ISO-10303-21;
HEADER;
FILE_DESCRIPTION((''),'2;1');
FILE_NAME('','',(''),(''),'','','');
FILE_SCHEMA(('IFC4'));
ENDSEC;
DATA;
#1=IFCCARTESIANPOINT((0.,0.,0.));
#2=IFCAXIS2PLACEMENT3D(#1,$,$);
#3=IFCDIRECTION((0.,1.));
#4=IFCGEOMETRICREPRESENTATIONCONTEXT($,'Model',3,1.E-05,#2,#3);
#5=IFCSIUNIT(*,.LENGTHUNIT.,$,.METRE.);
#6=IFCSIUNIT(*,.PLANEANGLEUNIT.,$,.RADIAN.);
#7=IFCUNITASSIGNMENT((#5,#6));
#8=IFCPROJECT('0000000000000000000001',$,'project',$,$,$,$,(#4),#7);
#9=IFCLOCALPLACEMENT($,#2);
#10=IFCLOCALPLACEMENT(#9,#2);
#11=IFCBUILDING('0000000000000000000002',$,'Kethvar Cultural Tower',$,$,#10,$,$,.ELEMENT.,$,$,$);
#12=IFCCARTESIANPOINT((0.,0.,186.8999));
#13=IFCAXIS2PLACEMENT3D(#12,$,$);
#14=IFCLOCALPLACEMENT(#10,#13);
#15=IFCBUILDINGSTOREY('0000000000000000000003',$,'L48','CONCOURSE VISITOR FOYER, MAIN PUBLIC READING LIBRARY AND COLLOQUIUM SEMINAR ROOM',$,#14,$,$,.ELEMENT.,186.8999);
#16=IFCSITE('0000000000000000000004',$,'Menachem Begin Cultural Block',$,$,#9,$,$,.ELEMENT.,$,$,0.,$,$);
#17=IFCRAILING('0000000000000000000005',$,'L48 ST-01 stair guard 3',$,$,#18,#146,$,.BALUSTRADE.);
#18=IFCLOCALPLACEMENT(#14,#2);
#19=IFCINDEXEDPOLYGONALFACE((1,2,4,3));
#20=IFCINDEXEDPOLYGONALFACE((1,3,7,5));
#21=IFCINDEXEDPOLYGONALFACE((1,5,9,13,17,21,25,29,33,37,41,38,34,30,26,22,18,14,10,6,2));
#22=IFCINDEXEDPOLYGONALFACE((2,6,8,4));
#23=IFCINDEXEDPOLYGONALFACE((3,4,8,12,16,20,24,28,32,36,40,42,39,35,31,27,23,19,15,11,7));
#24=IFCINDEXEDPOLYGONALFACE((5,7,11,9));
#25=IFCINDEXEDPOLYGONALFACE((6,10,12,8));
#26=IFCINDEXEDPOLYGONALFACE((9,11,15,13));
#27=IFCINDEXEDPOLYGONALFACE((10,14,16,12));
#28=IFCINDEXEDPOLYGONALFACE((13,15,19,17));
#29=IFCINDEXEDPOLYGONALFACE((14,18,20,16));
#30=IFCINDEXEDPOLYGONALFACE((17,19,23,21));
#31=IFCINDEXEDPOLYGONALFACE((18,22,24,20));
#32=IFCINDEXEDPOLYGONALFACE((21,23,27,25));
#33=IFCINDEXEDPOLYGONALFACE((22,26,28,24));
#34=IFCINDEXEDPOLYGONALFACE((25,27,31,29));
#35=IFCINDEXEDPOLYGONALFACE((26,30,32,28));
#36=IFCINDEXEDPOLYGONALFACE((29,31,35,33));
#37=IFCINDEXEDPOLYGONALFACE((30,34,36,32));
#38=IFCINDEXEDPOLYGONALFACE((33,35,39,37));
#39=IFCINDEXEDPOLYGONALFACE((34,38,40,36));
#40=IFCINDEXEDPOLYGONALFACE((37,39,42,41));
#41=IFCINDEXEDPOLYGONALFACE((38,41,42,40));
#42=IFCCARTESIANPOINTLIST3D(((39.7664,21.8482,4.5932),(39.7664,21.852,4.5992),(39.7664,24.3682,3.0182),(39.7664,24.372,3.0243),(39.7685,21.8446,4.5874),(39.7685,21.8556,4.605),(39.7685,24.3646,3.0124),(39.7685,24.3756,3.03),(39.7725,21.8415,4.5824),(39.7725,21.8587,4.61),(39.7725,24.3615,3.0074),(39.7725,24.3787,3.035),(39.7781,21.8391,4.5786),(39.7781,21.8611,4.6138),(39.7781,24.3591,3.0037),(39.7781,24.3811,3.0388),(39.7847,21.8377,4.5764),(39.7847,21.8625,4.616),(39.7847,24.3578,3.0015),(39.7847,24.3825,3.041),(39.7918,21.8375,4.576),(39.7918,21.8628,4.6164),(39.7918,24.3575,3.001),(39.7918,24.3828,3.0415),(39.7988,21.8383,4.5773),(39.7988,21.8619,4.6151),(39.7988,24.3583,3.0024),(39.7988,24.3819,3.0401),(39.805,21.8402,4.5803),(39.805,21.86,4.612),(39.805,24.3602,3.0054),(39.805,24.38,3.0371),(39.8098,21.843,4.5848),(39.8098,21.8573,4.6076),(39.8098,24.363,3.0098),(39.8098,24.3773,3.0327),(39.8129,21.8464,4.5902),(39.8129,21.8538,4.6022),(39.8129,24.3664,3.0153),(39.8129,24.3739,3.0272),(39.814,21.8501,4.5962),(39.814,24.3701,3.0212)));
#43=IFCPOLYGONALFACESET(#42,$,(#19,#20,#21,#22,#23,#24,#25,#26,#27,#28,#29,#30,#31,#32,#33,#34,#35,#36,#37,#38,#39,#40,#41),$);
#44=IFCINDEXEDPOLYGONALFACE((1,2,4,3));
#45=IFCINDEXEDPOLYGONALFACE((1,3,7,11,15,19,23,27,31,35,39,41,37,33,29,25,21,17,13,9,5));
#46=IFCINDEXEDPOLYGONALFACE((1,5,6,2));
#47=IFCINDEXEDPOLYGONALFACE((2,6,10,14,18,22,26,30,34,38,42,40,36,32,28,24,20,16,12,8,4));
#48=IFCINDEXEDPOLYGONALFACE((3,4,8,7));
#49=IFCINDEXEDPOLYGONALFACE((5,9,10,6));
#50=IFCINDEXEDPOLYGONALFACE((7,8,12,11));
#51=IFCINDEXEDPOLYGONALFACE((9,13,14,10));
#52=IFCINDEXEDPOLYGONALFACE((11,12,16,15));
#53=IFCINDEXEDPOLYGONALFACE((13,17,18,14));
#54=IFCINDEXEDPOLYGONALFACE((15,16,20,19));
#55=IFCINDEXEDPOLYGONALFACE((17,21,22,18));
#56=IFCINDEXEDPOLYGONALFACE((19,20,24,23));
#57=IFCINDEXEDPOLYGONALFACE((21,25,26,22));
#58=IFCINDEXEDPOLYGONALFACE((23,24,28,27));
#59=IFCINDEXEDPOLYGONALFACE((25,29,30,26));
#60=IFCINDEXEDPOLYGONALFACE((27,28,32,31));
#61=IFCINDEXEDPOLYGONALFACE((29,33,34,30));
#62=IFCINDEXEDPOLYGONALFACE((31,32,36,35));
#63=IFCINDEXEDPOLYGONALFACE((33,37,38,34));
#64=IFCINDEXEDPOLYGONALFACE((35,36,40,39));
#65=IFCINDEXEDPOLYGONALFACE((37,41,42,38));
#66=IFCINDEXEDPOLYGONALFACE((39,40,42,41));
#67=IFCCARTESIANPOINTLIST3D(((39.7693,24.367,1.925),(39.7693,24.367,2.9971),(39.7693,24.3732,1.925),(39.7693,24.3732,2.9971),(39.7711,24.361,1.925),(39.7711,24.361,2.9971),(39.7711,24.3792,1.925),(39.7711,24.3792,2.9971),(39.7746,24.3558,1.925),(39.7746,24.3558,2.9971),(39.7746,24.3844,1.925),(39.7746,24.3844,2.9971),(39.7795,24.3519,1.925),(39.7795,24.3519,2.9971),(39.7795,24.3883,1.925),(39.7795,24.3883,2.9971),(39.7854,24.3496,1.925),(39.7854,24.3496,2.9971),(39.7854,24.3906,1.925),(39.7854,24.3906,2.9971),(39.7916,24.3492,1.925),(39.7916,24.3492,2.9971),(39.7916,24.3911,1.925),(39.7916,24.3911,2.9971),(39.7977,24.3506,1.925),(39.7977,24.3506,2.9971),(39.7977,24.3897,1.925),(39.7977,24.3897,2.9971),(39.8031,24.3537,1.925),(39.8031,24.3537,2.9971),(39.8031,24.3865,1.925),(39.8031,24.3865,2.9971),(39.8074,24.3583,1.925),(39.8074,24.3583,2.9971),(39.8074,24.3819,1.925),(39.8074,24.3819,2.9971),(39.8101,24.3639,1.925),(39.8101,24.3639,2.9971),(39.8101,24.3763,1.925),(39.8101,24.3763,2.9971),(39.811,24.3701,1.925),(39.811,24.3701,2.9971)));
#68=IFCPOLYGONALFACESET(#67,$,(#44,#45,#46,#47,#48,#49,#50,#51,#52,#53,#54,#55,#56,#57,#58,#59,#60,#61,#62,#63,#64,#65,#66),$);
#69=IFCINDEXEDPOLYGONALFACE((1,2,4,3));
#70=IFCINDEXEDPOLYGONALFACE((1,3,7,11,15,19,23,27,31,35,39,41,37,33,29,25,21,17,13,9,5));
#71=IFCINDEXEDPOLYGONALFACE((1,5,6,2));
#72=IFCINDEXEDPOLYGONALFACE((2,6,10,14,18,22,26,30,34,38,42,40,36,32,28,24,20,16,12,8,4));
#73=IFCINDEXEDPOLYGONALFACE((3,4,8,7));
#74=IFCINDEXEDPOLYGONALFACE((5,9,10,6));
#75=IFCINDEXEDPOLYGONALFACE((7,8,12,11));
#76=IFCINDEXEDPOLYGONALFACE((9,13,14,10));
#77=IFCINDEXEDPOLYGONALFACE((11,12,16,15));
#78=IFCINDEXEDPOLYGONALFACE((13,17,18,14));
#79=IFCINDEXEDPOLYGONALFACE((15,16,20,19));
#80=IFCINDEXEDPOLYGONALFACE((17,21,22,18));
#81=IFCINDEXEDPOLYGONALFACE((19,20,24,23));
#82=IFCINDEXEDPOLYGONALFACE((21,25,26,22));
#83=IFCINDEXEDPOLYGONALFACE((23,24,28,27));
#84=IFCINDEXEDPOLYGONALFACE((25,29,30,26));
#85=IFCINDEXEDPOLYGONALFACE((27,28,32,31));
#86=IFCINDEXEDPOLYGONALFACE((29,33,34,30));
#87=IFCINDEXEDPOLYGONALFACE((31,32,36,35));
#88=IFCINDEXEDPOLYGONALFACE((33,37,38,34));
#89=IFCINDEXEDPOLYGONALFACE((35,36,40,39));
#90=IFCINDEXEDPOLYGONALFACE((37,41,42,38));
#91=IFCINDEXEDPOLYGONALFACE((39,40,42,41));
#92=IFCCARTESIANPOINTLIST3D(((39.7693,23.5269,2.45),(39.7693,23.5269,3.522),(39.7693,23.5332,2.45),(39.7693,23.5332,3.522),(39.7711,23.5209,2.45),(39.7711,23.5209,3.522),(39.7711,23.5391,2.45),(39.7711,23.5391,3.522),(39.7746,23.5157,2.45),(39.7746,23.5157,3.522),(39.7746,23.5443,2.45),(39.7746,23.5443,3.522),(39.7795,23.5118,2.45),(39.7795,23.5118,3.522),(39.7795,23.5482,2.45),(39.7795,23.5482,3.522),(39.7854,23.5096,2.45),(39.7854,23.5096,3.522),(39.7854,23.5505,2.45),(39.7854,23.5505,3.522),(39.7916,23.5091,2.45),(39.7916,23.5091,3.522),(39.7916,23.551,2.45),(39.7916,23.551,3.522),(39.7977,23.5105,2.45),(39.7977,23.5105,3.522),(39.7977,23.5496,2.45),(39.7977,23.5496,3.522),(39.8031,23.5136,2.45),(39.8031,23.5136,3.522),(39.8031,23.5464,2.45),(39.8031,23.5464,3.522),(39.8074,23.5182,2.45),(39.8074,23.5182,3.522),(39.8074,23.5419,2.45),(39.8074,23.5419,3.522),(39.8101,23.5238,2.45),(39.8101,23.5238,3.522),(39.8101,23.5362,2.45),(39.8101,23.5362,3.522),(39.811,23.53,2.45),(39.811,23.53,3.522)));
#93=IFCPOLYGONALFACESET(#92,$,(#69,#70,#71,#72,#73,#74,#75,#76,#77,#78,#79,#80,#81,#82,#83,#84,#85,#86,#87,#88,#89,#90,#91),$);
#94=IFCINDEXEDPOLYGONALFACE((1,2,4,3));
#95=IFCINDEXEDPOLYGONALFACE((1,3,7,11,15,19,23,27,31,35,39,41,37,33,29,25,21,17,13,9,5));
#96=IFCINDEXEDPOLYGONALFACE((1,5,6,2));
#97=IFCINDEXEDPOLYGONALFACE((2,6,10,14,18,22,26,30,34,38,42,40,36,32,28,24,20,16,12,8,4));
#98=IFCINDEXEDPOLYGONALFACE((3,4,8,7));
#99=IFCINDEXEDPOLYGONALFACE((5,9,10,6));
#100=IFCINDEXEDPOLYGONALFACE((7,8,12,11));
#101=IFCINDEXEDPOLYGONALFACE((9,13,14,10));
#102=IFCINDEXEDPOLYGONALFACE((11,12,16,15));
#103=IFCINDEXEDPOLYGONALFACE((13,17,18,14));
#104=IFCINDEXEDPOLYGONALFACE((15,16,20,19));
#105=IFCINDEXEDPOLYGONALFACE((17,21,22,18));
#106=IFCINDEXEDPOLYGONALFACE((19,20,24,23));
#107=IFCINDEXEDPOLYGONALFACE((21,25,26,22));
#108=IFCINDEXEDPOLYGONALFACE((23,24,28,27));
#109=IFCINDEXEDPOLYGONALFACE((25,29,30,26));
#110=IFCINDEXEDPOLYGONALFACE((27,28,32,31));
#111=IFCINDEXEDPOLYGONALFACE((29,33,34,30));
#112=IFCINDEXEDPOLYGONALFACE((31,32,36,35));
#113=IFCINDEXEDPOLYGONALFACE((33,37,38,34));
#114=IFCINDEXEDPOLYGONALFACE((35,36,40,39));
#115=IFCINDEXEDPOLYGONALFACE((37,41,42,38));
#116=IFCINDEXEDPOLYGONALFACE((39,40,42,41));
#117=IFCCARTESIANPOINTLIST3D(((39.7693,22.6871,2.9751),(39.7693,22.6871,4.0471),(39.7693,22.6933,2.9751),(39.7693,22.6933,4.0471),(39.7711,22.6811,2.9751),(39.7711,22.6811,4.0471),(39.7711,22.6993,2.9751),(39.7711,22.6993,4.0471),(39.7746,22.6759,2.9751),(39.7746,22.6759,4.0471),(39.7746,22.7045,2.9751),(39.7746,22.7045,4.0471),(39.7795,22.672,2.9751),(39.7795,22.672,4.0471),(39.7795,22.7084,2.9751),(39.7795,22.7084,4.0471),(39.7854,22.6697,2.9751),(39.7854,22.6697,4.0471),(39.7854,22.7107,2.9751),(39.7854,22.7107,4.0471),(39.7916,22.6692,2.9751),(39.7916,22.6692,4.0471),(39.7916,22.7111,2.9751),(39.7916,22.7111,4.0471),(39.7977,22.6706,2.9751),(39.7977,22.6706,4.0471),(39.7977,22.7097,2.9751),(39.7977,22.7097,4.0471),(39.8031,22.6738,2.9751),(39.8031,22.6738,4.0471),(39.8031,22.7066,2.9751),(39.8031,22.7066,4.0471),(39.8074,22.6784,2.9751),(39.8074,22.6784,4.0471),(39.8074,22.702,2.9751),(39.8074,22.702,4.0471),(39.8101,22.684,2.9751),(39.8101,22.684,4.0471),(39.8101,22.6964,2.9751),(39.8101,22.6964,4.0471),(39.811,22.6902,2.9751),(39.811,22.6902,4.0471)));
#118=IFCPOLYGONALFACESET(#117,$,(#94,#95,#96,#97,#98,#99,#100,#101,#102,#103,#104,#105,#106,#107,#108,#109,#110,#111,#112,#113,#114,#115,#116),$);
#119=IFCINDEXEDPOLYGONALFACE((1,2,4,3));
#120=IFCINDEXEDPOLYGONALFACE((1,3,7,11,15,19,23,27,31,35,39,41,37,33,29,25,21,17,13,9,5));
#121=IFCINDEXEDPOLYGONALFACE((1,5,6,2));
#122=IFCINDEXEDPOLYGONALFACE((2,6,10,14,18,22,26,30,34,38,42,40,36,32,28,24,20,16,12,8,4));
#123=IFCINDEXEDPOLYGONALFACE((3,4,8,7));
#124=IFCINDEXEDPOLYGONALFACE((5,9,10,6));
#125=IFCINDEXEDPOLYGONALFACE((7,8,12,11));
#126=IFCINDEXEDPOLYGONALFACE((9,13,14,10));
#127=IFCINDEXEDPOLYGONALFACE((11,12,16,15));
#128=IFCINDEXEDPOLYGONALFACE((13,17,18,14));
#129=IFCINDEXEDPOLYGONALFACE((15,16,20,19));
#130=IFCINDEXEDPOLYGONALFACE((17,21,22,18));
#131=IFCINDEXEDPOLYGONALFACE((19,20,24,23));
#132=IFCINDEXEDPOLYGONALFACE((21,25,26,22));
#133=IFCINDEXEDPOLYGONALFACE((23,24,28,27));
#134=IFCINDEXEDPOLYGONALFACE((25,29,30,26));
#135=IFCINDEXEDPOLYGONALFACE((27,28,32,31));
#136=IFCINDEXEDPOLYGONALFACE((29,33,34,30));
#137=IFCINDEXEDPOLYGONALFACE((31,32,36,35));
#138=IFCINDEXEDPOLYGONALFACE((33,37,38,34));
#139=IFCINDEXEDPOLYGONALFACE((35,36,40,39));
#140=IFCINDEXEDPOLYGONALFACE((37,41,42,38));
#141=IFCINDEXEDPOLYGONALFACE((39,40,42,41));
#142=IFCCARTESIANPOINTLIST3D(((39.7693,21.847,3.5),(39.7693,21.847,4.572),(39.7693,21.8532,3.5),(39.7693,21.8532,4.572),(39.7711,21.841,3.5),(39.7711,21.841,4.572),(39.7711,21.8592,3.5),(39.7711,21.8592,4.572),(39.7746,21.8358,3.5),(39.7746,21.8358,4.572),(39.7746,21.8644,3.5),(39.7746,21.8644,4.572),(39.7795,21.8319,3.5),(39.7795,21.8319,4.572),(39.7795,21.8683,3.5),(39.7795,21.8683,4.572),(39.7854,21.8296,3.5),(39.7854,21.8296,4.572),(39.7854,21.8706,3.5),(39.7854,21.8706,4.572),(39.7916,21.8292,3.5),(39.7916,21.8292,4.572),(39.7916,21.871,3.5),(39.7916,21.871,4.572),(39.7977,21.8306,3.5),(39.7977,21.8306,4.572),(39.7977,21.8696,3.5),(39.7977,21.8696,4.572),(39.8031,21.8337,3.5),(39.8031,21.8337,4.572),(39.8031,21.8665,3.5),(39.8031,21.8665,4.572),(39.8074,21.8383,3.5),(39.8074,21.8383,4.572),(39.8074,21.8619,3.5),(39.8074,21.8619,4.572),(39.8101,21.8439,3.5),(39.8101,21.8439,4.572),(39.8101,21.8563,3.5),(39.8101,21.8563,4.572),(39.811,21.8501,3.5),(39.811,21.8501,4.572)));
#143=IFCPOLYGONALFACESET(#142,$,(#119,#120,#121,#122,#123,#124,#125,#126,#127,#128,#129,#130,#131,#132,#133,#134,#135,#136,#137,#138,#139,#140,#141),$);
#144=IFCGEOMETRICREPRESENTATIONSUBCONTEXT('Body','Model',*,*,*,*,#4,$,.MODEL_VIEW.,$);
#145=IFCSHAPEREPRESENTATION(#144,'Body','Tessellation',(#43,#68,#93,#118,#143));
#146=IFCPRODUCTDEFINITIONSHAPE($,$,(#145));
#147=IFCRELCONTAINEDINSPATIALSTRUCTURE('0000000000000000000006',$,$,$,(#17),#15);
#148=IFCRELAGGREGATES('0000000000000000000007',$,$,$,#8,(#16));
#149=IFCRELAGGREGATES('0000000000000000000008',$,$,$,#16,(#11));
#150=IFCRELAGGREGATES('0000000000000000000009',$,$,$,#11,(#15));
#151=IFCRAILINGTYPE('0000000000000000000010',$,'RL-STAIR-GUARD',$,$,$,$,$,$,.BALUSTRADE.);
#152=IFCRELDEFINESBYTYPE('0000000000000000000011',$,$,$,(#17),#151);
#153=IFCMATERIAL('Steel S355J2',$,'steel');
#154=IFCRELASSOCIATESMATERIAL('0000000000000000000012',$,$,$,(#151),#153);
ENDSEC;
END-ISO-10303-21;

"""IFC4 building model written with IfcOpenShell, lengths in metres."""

from ifc_helpers import new_model, si_unit, direction, frame, origin, origin_2d, place, context, subcontext, project, spatial, circle, extrude, material, type_object, element, save


model = new_model("IFC4")

# Units and contexts
model_context = context("Model", 3, precision=1e-05, world=origin(), true_north=direction((0.0, 1.0)))
body_context = subcontext(model_context, "Body", "Model", "MODEL_VIEW")
ifc_project = project(units=[si_unit("LENGTHUNIT", "METRE"), si_unit("PLANEANGLEUNIT", "RADIAN")], contexts=[model_context])

# Site, building, storey
site_placement = place(None, origin())
site = spatial("IfcSite", under=ifc_project, at=site_placement, Name="Menachem Begin Cultural Block", CompositionType="ELEMENT", RefElevation=0.0)
building_placement = place(site_placement, origin())
building = spatial("IfcBuilding", under=site, at=building_placement, Name="Kethvar Cultural Tower", CompositionType="ELEMENT")
storey_placement = place(building_placement, frame((0.0, 0.0, 186.8999)))
storey = spatial("IfcBuildingStorey", under=building, at=storey_placement, Name="L48", Description="CONCOURSE VISITOR FOYER, MAIN PUBLIC READING LIBRARY AND COLLOQUIUM SEMINAR ROOM", CompositionType="ELEMENT", Elevation=186.8999)

# Shared definitions
ifc_material_1 = material(Name="Steel S355J2", Category="steel")

# Railing
railing_type_1 = type_object("IfcRailingType", Name="RL-STAIR-GUARD", PredefinedType="BALUSTRADE", material=ifc_material_1)
railing_1_placement = place(storey_placement, frame((39.79, 24.3701, 1.925)))
element("IfcRailing", 1, at=railing_1_placement, inside=storey, type_object=railing_type_1, Name="L48 ST-01 stair guard 3", PredefinedType="BALUSTRADE", context=body_context, shape_type="SweptSolid", body=[
    extrude(circle(Radius=0.0239, at=origin_2d()), frame((0.0, 0.0, 1.0962), z_axis=(0.0, -0.848008, 0.529984), x_axis=(1.0, 0.0, 0.0)), (0.0, 0.0, 1.0), 2.9717),
    extrude(circle(Radius=0.021, at=origin_2d()), origin(), (0.0, 0.0, 1.0), 1.072),
    extrude(circle(Radius=0.021, at=origin_2d()), frame((0.0, -0.8401, 0.5249)), (0.0, 0.0, 1.0), 1.072),
    extrude(circle(Radius=0.021, at=origin_2d()), frame((0.0, -1.6799, 1.05)), (0.0, 0.0, 1.0), 1.072),
    extrude(circle(Radius=0.021, at=origin_2d()), frame((0.0, -2.52, 1.575)), (0.0, 0.0, 1.0), 1.072),
])

save(model, "model.ifc")
